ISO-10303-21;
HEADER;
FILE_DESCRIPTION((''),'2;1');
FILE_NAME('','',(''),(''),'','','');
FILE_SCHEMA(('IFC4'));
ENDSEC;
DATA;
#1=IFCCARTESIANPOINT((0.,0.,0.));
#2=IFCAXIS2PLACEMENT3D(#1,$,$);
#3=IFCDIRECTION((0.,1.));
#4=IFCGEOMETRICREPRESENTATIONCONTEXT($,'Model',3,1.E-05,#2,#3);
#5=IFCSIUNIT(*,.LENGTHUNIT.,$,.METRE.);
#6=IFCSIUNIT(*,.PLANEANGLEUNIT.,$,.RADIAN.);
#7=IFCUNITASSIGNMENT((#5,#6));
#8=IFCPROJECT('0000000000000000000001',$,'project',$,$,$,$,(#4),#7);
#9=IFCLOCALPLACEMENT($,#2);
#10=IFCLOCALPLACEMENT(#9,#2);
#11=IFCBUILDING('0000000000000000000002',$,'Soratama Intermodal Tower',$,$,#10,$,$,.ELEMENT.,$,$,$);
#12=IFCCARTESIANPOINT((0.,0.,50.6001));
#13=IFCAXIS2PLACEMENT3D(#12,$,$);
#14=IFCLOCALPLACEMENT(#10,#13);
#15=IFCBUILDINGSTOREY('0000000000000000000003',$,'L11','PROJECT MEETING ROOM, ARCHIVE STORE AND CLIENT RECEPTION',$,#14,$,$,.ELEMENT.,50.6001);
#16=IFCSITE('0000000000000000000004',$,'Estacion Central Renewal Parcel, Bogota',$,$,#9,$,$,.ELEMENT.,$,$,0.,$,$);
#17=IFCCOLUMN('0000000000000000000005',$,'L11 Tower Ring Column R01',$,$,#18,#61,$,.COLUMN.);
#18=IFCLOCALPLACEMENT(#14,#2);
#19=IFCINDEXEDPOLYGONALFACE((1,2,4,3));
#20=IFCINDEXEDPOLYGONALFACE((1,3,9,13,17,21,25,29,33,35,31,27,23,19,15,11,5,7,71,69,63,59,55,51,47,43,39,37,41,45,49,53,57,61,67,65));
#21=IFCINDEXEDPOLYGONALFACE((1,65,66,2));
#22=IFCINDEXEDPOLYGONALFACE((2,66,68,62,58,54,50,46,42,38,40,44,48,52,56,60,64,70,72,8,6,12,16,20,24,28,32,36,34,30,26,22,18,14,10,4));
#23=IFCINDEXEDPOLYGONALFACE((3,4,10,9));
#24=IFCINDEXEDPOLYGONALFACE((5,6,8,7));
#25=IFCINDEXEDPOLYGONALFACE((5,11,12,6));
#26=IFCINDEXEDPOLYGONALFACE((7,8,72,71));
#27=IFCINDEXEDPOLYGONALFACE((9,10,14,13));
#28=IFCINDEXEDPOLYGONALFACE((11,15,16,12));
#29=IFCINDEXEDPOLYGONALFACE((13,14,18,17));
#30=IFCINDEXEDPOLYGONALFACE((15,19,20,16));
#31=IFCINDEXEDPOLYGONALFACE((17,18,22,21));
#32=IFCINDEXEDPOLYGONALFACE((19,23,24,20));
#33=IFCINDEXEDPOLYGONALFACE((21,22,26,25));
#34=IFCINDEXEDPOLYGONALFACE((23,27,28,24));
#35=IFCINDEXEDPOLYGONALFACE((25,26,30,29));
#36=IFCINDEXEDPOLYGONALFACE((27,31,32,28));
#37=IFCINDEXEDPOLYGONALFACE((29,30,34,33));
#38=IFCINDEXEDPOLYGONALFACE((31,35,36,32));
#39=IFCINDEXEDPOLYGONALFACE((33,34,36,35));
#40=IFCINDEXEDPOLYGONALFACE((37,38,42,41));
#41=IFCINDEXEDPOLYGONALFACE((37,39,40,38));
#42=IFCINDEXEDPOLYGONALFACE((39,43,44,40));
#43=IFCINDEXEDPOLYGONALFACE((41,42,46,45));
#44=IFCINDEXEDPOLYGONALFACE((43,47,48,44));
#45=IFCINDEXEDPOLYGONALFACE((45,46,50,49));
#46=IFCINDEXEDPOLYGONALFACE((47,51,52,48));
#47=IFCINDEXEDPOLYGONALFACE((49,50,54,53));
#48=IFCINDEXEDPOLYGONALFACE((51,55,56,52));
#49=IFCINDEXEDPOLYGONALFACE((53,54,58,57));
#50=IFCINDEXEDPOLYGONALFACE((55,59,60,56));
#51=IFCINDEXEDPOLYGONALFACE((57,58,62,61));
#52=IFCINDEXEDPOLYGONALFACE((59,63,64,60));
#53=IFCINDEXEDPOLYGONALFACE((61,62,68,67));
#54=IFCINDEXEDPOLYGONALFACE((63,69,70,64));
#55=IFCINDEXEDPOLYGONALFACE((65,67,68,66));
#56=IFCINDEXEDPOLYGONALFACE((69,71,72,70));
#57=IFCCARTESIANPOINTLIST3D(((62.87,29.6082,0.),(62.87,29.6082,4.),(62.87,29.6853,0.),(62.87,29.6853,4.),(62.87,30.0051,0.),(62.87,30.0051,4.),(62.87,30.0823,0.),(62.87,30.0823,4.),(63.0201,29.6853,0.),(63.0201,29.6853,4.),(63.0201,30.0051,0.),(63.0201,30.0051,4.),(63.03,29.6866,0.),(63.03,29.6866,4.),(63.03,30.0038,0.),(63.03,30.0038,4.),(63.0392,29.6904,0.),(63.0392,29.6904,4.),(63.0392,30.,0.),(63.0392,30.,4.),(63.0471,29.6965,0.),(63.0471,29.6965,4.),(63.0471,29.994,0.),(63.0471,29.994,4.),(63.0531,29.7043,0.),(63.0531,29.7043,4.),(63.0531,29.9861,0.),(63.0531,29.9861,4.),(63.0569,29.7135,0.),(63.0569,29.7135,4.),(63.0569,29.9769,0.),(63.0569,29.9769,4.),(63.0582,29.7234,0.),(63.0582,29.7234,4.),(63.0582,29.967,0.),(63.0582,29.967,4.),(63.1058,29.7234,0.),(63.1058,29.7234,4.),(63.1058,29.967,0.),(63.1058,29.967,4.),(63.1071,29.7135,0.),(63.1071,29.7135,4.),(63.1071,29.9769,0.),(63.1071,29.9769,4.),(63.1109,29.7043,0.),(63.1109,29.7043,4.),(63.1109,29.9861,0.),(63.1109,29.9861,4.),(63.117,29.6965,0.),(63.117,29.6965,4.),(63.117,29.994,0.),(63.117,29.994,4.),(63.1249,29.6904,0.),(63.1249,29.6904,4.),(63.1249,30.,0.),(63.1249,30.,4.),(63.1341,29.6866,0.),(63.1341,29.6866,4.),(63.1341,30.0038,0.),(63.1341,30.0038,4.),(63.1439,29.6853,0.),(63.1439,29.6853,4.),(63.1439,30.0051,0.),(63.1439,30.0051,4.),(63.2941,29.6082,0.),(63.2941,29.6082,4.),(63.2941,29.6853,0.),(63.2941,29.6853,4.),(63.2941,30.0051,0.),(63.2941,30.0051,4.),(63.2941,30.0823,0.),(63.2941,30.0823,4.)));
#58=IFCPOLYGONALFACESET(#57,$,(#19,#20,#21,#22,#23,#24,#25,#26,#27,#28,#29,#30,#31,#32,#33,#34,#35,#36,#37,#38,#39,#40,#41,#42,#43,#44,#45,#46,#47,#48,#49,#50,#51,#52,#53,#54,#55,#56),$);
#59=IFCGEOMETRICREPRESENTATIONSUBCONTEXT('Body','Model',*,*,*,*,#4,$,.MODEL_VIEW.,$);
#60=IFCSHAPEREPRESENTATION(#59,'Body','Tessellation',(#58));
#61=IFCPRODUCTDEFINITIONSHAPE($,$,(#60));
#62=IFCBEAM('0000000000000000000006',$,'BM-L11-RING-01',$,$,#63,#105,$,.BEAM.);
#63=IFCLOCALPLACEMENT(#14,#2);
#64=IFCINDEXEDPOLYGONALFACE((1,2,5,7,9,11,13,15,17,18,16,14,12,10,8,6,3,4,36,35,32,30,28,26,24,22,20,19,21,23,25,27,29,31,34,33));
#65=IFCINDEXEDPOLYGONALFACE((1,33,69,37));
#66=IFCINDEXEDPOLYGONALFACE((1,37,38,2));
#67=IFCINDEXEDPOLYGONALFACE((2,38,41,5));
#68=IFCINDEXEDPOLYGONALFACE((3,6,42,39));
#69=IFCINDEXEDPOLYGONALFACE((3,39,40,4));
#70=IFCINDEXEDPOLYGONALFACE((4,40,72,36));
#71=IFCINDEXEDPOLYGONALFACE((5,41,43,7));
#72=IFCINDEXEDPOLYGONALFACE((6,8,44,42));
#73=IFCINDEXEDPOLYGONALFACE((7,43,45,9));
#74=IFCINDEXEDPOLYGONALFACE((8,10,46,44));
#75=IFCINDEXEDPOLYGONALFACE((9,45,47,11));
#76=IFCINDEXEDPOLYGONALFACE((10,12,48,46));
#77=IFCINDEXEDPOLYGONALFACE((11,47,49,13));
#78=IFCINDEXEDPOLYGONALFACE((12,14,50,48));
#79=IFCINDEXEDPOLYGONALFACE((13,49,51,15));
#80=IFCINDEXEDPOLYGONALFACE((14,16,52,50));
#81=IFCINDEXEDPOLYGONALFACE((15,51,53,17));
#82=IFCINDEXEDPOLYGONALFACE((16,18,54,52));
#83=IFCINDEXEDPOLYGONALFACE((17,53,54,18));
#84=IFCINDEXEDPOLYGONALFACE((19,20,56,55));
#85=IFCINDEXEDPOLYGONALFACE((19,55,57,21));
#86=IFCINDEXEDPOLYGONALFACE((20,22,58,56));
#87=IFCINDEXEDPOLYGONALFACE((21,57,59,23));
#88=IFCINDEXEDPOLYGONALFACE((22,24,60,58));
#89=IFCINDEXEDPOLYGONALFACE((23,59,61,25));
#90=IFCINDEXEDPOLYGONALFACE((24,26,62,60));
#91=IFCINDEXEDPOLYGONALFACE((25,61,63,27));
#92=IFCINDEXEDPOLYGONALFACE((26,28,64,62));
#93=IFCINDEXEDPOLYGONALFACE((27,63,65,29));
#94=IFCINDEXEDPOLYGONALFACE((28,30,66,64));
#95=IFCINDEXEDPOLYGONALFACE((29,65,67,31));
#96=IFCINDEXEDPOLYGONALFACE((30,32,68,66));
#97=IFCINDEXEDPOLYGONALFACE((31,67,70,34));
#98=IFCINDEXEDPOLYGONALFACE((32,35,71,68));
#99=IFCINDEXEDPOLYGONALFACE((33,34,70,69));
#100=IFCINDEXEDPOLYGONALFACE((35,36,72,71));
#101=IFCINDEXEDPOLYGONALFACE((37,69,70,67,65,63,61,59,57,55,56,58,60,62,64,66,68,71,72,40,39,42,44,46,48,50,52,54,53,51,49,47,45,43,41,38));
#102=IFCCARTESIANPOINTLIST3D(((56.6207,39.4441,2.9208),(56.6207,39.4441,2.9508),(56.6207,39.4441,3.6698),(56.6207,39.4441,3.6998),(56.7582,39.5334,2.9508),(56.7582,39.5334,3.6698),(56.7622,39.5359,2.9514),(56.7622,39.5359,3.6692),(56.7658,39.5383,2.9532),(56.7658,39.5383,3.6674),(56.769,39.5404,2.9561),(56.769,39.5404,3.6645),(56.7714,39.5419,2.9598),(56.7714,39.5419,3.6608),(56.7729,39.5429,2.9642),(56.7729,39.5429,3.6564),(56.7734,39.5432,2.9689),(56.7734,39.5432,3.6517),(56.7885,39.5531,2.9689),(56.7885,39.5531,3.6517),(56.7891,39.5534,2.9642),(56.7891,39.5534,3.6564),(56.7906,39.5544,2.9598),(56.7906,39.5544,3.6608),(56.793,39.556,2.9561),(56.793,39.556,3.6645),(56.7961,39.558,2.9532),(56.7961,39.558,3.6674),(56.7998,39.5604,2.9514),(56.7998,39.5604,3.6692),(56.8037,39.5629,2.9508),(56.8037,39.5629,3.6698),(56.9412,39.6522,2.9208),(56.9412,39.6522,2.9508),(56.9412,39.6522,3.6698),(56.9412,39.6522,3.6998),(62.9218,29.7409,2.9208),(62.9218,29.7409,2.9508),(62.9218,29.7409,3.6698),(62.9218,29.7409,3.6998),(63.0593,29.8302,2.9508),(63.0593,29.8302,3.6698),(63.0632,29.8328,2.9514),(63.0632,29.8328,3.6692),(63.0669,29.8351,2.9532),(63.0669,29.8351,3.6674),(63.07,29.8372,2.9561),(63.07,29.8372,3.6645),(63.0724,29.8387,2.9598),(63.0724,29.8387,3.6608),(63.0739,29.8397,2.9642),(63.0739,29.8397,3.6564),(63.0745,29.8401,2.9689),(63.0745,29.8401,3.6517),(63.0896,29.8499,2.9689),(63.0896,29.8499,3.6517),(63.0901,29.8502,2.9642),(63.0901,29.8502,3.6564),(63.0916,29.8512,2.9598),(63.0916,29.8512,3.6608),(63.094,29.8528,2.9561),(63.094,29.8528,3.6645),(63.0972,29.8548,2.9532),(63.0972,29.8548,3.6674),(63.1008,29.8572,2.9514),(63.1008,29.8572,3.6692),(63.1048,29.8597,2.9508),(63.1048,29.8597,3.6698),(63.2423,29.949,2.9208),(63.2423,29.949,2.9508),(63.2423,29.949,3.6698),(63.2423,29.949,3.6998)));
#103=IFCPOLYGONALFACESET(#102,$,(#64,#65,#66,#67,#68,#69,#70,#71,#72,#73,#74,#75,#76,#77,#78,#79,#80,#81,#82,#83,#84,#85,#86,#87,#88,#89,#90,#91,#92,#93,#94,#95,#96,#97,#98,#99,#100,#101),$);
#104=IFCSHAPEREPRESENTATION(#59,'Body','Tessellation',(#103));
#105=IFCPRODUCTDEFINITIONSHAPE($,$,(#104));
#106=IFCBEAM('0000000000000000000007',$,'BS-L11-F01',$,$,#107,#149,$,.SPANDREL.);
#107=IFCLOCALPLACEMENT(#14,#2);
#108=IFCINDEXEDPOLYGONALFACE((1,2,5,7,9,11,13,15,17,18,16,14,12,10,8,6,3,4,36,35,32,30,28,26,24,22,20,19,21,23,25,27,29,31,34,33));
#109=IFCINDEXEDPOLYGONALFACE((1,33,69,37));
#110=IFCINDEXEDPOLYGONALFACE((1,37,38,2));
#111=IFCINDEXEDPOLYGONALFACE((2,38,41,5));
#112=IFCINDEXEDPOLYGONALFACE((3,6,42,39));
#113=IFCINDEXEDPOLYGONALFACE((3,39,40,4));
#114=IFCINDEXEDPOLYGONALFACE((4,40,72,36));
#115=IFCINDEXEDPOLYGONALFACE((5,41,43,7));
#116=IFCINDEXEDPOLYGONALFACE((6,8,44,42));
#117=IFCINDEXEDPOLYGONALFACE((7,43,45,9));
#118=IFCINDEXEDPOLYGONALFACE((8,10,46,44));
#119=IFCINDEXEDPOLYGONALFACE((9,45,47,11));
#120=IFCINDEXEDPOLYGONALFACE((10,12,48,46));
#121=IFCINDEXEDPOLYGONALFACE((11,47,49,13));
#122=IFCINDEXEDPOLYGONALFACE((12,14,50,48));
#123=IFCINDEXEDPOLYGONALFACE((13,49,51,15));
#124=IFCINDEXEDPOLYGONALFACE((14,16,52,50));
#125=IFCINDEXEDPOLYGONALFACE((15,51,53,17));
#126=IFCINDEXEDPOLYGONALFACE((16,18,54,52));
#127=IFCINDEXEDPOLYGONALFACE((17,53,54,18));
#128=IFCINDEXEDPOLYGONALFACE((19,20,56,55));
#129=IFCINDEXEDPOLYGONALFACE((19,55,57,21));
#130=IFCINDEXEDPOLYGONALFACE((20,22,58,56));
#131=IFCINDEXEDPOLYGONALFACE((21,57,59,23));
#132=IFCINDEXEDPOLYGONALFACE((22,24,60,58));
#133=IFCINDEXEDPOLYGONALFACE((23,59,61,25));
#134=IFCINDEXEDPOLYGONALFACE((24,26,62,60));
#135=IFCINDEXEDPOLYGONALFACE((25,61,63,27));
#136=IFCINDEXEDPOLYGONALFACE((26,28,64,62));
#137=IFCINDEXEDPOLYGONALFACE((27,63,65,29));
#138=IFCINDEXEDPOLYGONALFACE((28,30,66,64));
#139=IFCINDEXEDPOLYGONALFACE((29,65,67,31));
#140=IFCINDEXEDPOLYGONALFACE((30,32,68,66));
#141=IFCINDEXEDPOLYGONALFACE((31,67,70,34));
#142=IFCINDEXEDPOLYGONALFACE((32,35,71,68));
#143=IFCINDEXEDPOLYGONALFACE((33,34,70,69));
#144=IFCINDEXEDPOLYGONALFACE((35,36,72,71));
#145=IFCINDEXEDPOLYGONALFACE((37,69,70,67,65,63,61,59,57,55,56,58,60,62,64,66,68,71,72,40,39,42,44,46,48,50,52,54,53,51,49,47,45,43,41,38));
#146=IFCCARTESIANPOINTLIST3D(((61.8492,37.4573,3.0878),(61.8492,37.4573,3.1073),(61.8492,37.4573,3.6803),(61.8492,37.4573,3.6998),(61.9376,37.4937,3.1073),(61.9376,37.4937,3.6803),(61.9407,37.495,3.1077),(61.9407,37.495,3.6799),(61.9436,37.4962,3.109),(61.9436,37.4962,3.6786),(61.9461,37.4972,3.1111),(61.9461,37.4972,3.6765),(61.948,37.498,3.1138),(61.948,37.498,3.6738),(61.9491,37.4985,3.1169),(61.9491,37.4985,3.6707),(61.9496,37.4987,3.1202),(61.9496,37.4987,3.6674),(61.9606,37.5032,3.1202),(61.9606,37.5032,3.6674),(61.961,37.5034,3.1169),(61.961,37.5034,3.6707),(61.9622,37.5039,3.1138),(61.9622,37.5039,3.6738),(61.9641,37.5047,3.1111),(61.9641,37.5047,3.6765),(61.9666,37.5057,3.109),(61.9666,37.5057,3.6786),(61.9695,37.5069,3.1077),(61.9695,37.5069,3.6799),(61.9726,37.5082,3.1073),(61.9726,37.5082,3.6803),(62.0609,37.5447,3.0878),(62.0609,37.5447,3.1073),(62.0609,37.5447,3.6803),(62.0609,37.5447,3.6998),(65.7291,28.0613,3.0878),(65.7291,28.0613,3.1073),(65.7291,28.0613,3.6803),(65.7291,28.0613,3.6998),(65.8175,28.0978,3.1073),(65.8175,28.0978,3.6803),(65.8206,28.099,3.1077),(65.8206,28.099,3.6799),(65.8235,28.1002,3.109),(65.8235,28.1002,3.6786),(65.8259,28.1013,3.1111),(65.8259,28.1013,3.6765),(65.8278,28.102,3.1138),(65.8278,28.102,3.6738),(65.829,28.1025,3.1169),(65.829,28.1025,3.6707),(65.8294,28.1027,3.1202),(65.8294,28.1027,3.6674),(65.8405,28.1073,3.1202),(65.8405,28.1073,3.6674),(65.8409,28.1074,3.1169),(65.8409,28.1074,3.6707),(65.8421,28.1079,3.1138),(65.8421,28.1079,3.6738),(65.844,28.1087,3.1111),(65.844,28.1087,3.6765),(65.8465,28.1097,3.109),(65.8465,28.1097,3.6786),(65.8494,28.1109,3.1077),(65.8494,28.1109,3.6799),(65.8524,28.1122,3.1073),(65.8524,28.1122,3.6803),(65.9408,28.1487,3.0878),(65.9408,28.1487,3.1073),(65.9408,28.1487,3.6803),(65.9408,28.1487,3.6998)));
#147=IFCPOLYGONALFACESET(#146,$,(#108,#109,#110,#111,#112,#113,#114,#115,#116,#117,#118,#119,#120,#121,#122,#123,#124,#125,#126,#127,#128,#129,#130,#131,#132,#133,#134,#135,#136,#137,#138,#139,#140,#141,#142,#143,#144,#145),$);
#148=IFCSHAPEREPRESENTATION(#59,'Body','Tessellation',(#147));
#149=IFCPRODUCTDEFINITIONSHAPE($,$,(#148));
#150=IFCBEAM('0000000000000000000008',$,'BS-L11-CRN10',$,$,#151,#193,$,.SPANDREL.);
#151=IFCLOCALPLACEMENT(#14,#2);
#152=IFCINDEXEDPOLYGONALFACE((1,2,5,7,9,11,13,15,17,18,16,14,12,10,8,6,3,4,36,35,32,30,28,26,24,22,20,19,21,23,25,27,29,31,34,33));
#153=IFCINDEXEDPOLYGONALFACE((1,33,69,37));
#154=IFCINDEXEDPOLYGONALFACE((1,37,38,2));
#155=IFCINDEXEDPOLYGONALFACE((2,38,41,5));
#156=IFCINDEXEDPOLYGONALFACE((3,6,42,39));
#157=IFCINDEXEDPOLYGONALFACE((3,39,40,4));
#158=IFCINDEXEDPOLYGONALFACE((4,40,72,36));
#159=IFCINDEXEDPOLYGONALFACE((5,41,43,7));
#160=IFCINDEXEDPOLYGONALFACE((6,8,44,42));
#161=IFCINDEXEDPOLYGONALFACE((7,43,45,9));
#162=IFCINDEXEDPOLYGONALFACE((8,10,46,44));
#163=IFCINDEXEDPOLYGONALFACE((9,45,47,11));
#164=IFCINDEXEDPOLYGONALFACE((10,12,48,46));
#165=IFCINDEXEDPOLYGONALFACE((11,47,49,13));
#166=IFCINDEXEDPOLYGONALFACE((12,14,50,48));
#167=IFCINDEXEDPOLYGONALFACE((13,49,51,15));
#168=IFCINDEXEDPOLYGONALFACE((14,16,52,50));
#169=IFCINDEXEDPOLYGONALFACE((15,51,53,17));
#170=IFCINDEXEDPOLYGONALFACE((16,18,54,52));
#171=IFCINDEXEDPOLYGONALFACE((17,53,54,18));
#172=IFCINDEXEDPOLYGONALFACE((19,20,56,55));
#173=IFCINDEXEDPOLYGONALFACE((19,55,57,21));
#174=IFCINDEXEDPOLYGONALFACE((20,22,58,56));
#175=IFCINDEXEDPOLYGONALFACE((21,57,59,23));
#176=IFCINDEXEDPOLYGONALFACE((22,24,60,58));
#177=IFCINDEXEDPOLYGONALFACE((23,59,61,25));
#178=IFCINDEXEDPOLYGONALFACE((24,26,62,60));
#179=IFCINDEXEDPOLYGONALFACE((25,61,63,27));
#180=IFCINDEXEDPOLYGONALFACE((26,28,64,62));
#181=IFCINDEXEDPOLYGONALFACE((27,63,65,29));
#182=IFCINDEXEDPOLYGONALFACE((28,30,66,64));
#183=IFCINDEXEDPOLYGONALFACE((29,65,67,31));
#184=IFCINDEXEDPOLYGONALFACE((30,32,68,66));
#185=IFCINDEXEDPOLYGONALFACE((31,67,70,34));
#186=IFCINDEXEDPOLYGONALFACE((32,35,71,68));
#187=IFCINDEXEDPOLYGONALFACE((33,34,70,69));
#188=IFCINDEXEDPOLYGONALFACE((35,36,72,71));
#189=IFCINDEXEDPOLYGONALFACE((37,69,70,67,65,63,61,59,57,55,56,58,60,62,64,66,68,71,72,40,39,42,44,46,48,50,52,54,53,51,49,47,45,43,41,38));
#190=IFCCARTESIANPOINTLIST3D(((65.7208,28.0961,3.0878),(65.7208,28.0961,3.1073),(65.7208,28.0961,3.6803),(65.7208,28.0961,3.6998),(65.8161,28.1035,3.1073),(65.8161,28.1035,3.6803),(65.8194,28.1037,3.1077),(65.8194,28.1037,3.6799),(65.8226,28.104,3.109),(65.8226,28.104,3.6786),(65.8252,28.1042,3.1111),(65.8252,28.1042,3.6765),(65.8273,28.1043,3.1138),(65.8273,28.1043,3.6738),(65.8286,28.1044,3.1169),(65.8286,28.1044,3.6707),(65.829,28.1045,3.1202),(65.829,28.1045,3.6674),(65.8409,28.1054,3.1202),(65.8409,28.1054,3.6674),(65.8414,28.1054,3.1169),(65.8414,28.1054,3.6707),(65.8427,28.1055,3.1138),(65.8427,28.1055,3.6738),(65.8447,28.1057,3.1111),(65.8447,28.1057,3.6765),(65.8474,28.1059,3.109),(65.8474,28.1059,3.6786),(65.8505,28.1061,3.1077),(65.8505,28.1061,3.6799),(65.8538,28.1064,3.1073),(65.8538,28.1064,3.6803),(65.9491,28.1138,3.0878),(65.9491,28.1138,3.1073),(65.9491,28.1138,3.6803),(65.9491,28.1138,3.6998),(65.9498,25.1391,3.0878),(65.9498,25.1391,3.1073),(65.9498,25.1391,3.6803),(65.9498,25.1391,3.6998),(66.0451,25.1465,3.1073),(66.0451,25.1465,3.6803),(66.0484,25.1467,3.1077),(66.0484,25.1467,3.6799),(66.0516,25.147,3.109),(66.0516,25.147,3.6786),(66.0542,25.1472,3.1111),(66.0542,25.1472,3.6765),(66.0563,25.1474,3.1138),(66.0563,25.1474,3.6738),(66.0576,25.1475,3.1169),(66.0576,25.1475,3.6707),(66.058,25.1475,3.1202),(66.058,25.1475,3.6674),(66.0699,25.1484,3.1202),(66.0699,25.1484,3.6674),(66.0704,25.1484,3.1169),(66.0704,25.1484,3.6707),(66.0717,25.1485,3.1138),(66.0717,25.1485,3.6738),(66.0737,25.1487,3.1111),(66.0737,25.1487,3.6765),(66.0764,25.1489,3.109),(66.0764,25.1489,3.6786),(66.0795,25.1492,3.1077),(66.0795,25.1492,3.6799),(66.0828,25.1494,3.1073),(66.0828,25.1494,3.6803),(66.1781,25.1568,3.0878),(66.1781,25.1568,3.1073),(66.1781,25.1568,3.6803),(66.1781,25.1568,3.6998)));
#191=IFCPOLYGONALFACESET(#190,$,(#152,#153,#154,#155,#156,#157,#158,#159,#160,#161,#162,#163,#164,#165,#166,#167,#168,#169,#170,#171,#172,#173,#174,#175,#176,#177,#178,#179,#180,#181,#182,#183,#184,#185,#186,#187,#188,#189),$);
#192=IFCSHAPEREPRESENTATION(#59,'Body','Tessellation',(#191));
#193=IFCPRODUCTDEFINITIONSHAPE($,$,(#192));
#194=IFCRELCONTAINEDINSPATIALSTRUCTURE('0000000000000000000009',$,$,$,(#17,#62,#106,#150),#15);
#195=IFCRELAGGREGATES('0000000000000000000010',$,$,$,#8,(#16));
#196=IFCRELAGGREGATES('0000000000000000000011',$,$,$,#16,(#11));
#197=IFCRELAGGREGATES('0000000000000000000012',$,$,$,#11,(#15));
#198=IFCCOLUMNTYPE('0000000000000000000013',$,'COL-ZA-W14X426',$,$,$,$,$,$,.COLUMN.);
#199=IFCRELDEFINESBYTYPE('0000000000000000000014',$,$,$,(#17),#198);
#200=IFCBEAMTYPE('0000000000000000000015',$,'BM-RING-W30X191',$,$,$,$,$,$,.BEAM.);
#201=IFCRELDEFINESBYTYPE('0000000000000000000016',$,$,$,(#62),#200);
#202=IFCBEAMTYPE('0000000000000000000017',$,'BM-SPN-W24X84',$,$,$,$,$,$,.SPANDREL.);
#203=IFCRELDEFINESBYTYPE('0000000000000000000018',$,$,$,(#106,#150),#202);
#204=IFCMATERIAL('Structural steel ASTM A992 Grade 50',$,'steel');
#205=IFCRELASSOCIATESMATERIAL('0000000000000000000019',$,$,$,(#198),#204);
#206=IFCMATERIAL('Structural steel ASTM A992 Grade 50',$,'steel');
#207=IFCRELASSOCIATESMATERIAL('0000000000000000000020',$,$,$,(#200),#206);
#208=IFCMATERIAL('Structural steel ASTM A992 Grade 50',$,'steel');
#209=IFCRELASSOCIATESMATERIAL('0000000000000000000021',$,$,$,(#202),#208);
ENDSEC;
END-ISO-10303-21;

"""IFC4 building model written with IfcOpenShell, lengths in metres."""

from ifc_helpers import new_model, si_unit, direction, frame, origin, origin_2d, place, context, subcontext, project, spatial, i_section, extrude, material, material_profile, profile_set, type_object, element, save


model = new_model("IFC4")

# Units and contexts
model_context = context("Model", 3, precision=1e-05, world=origin(), true_north=direction((0.0, 1.0)))
body_context = subcontext(model_context, "Body", "Model", "MODEL_VIEW")
ifc_project = project(units=[si_unit("LENGTHUNIT", "METRE"), si_unit("PLANEANGLEUNIT", "RADIAN")], contexts=[model_context])

# Site, building, storey
site_placement = place(None, origin())
site = spatial("IfcSite", under=ifc_project, at=site_placement, Name="Estacion Central Renewal Parcel, Bogota", CompositionType="ELEMENT", RefElevation=0.0)
building_placement = place(site_placement, origin())
building = spatial("IfcBuilding", under=site, at=building_placement, Name="Soratama Intermodal Tower", CompositionType="ELEMENT")
storey_placement = place(building_placement, frame((0.0, 0.0, 50.6001)))
storey = spatial("IfcBuildingStorey", under=building, at=storey_placement, Name="L11", Description="PROJECT MEETING ROOM, ARCHIVE STORE AND CLIENT RECEPTION", CompositionType="ELEMENT", Elevation=50.6001)

# Column
ifc_material_1 = material(Name="Structural steel ASTM A992 Grade 50", Category="steel")
ifc_material_profile_1 = material_profile(ifc_material_1, i_section(OverallWidth=0.4241, OverallDepth=0.4741, WebThickness=0.0476, FlangeThickness=0.0771, FilletRadius=0.0381, at=origin_2d()), Name="W14X426")
ifc_profile_set_1 = profile_set([ifc_material_profile_1], Name="Structural steel ASTM A992 Grade 50")
column_type = type_object("IfcColumnType", Name="COL-ZA-W14X426", PredefinedType="COLUMN", material=ifc_profile_set_1)
column_placement = place(storey_placement, frame((63.082, 29.8452, 0.0), z_axis=(0.0, 0.0, 1.0), x_axis=(1.0, 0.0, 0.0)))
element("IfcColumn", 1, at=column_placement, inside=storey, type_object=column_type, Name="L11 Tower Ring Column R01", PredefinedType="COLUMN", context=body_context, shape_type="SweptSolid", body=[
    extrude(i_section(OverallWidth=0.4241, OverallDepth=0.4741, WebThickness=0.0476, FlangeThickness=0.0771, FilletRadius=0.0381, at=origin_2d()), origin(), (0.0, 0.0, 1.0), 4.0),
])

# Beams
ifc_material_2 = material(Name="Structural steel ASTM A992 Grade 50", Category="steel")
ifc_material_profile_2 = material_profile(ifc_material_2, i_section(OverallWidth=0.3821, OverallDepth=0.7791, WebThickness=0.0181, FlangeThickness=0.03, FilletRadius=0.0181, at=origin_2d()), Name="W30X191")
ifc_profile_set_2 = profile_set([ifc_material_profile_2], Name="Structural steel ASTM A992 Grade 50")
beam_type_1 = type_object("IfcBeamType", Name="BM-RING-W30X191", PredefinedType="BEAM", material=ifc_profile_set_2)
beam_1_placement = place(storey_placement, frame((63.082, 29.845, 3.3103), z_axis=(-0.544623, 0.838681, 0.0), x_axis=(-0.838681, -0.544623, 0.0)))
element("IfcBeam", 2, at=beam_1_placement, inside=storey, type_object=beam_type_1, Name="BM-L11-RING-01", PredefinedType="BEAM", context=body_context, shape_type="SweptSolid", body=[
    extrude(i_section(OverallWidth=0.3821, OverallDepth=0.7791, WebThickness=0.0181, FlangeThickness=0.03, FilletRadius=0.0181, at=origin_2d()), origin(), (0.0, 0.0, 1.0), 11.5696),
])
ifc_material_3 = material(Name="Structural steel ASTM A992 Grade 50", Category="steel")
ifc_material_profile_3 = material_profile(ifc_material_3, i_section(OverallWidth=0.229, OverallDepth=0.6121, WebThickness=0.012, FlangeThickness=0.0195, FilletRadius=0.0129, at=origin_2d()), Name="W24X84")
ifc_profile_set_3 = profile_set([ifc_material_profile_3], Name="Structural steel ASTM A992 Grade 50")
beam_type_2 = type_object("IfcBeamType", Name="BM-SPN-W24X84", PredefinedType="SPANDREL", material=ifc_profile_set_3)
beam_2_placement = place(storey_placement, frame((65.835, 28.105, 3.3938), z_axis=(-0.38167, 0.924299, 0.0), x_axis=(-0.924299, -0.38167, 0.0)))
element("IfcBeam", 3, at=beam_2_placement, inside=storey, type_object=beam_type_2, Name="BS-L11-F01", PredefinedType="SPANDREL", context=body_context, shape_type="SweptSolid", body=[
    extrude(i_section(OverallWidth=0.229, OverallDepth=0.6121, WebThickness=0.012, FlangeThickness=0.0195, FilletRadius=0.0129, at=origin_2d()), origin(), (0.0, 0.0, 1.0), 10.1655),
])
beam_3_placement = place(storey_placement, frame((66.064, 25.1479, 3.3938), z_axis=(-0.077213, 0.997015, 0.0), x_axis=(-0.997015, -0.077213, 0.0)))
element("IfcBeam", 4, at=beam_3_placement, inside=storey, type_object=beam_type_2, Name="BS-L11-CRN10", PredefinedType="SPANDREL", context=body_context, shape_type="SweptSolid", body=[
    extrude(i_section(OverallWidth=0.229, OverallDepth=0.6121, WebThickness=0.012, FlangeThickness=0.0195, FilletRadius=0.0129, at=origin_2d()), origin(), (0.0, 0.0, 1.0), 2.9658),
])

save(model, "model.ifc")
